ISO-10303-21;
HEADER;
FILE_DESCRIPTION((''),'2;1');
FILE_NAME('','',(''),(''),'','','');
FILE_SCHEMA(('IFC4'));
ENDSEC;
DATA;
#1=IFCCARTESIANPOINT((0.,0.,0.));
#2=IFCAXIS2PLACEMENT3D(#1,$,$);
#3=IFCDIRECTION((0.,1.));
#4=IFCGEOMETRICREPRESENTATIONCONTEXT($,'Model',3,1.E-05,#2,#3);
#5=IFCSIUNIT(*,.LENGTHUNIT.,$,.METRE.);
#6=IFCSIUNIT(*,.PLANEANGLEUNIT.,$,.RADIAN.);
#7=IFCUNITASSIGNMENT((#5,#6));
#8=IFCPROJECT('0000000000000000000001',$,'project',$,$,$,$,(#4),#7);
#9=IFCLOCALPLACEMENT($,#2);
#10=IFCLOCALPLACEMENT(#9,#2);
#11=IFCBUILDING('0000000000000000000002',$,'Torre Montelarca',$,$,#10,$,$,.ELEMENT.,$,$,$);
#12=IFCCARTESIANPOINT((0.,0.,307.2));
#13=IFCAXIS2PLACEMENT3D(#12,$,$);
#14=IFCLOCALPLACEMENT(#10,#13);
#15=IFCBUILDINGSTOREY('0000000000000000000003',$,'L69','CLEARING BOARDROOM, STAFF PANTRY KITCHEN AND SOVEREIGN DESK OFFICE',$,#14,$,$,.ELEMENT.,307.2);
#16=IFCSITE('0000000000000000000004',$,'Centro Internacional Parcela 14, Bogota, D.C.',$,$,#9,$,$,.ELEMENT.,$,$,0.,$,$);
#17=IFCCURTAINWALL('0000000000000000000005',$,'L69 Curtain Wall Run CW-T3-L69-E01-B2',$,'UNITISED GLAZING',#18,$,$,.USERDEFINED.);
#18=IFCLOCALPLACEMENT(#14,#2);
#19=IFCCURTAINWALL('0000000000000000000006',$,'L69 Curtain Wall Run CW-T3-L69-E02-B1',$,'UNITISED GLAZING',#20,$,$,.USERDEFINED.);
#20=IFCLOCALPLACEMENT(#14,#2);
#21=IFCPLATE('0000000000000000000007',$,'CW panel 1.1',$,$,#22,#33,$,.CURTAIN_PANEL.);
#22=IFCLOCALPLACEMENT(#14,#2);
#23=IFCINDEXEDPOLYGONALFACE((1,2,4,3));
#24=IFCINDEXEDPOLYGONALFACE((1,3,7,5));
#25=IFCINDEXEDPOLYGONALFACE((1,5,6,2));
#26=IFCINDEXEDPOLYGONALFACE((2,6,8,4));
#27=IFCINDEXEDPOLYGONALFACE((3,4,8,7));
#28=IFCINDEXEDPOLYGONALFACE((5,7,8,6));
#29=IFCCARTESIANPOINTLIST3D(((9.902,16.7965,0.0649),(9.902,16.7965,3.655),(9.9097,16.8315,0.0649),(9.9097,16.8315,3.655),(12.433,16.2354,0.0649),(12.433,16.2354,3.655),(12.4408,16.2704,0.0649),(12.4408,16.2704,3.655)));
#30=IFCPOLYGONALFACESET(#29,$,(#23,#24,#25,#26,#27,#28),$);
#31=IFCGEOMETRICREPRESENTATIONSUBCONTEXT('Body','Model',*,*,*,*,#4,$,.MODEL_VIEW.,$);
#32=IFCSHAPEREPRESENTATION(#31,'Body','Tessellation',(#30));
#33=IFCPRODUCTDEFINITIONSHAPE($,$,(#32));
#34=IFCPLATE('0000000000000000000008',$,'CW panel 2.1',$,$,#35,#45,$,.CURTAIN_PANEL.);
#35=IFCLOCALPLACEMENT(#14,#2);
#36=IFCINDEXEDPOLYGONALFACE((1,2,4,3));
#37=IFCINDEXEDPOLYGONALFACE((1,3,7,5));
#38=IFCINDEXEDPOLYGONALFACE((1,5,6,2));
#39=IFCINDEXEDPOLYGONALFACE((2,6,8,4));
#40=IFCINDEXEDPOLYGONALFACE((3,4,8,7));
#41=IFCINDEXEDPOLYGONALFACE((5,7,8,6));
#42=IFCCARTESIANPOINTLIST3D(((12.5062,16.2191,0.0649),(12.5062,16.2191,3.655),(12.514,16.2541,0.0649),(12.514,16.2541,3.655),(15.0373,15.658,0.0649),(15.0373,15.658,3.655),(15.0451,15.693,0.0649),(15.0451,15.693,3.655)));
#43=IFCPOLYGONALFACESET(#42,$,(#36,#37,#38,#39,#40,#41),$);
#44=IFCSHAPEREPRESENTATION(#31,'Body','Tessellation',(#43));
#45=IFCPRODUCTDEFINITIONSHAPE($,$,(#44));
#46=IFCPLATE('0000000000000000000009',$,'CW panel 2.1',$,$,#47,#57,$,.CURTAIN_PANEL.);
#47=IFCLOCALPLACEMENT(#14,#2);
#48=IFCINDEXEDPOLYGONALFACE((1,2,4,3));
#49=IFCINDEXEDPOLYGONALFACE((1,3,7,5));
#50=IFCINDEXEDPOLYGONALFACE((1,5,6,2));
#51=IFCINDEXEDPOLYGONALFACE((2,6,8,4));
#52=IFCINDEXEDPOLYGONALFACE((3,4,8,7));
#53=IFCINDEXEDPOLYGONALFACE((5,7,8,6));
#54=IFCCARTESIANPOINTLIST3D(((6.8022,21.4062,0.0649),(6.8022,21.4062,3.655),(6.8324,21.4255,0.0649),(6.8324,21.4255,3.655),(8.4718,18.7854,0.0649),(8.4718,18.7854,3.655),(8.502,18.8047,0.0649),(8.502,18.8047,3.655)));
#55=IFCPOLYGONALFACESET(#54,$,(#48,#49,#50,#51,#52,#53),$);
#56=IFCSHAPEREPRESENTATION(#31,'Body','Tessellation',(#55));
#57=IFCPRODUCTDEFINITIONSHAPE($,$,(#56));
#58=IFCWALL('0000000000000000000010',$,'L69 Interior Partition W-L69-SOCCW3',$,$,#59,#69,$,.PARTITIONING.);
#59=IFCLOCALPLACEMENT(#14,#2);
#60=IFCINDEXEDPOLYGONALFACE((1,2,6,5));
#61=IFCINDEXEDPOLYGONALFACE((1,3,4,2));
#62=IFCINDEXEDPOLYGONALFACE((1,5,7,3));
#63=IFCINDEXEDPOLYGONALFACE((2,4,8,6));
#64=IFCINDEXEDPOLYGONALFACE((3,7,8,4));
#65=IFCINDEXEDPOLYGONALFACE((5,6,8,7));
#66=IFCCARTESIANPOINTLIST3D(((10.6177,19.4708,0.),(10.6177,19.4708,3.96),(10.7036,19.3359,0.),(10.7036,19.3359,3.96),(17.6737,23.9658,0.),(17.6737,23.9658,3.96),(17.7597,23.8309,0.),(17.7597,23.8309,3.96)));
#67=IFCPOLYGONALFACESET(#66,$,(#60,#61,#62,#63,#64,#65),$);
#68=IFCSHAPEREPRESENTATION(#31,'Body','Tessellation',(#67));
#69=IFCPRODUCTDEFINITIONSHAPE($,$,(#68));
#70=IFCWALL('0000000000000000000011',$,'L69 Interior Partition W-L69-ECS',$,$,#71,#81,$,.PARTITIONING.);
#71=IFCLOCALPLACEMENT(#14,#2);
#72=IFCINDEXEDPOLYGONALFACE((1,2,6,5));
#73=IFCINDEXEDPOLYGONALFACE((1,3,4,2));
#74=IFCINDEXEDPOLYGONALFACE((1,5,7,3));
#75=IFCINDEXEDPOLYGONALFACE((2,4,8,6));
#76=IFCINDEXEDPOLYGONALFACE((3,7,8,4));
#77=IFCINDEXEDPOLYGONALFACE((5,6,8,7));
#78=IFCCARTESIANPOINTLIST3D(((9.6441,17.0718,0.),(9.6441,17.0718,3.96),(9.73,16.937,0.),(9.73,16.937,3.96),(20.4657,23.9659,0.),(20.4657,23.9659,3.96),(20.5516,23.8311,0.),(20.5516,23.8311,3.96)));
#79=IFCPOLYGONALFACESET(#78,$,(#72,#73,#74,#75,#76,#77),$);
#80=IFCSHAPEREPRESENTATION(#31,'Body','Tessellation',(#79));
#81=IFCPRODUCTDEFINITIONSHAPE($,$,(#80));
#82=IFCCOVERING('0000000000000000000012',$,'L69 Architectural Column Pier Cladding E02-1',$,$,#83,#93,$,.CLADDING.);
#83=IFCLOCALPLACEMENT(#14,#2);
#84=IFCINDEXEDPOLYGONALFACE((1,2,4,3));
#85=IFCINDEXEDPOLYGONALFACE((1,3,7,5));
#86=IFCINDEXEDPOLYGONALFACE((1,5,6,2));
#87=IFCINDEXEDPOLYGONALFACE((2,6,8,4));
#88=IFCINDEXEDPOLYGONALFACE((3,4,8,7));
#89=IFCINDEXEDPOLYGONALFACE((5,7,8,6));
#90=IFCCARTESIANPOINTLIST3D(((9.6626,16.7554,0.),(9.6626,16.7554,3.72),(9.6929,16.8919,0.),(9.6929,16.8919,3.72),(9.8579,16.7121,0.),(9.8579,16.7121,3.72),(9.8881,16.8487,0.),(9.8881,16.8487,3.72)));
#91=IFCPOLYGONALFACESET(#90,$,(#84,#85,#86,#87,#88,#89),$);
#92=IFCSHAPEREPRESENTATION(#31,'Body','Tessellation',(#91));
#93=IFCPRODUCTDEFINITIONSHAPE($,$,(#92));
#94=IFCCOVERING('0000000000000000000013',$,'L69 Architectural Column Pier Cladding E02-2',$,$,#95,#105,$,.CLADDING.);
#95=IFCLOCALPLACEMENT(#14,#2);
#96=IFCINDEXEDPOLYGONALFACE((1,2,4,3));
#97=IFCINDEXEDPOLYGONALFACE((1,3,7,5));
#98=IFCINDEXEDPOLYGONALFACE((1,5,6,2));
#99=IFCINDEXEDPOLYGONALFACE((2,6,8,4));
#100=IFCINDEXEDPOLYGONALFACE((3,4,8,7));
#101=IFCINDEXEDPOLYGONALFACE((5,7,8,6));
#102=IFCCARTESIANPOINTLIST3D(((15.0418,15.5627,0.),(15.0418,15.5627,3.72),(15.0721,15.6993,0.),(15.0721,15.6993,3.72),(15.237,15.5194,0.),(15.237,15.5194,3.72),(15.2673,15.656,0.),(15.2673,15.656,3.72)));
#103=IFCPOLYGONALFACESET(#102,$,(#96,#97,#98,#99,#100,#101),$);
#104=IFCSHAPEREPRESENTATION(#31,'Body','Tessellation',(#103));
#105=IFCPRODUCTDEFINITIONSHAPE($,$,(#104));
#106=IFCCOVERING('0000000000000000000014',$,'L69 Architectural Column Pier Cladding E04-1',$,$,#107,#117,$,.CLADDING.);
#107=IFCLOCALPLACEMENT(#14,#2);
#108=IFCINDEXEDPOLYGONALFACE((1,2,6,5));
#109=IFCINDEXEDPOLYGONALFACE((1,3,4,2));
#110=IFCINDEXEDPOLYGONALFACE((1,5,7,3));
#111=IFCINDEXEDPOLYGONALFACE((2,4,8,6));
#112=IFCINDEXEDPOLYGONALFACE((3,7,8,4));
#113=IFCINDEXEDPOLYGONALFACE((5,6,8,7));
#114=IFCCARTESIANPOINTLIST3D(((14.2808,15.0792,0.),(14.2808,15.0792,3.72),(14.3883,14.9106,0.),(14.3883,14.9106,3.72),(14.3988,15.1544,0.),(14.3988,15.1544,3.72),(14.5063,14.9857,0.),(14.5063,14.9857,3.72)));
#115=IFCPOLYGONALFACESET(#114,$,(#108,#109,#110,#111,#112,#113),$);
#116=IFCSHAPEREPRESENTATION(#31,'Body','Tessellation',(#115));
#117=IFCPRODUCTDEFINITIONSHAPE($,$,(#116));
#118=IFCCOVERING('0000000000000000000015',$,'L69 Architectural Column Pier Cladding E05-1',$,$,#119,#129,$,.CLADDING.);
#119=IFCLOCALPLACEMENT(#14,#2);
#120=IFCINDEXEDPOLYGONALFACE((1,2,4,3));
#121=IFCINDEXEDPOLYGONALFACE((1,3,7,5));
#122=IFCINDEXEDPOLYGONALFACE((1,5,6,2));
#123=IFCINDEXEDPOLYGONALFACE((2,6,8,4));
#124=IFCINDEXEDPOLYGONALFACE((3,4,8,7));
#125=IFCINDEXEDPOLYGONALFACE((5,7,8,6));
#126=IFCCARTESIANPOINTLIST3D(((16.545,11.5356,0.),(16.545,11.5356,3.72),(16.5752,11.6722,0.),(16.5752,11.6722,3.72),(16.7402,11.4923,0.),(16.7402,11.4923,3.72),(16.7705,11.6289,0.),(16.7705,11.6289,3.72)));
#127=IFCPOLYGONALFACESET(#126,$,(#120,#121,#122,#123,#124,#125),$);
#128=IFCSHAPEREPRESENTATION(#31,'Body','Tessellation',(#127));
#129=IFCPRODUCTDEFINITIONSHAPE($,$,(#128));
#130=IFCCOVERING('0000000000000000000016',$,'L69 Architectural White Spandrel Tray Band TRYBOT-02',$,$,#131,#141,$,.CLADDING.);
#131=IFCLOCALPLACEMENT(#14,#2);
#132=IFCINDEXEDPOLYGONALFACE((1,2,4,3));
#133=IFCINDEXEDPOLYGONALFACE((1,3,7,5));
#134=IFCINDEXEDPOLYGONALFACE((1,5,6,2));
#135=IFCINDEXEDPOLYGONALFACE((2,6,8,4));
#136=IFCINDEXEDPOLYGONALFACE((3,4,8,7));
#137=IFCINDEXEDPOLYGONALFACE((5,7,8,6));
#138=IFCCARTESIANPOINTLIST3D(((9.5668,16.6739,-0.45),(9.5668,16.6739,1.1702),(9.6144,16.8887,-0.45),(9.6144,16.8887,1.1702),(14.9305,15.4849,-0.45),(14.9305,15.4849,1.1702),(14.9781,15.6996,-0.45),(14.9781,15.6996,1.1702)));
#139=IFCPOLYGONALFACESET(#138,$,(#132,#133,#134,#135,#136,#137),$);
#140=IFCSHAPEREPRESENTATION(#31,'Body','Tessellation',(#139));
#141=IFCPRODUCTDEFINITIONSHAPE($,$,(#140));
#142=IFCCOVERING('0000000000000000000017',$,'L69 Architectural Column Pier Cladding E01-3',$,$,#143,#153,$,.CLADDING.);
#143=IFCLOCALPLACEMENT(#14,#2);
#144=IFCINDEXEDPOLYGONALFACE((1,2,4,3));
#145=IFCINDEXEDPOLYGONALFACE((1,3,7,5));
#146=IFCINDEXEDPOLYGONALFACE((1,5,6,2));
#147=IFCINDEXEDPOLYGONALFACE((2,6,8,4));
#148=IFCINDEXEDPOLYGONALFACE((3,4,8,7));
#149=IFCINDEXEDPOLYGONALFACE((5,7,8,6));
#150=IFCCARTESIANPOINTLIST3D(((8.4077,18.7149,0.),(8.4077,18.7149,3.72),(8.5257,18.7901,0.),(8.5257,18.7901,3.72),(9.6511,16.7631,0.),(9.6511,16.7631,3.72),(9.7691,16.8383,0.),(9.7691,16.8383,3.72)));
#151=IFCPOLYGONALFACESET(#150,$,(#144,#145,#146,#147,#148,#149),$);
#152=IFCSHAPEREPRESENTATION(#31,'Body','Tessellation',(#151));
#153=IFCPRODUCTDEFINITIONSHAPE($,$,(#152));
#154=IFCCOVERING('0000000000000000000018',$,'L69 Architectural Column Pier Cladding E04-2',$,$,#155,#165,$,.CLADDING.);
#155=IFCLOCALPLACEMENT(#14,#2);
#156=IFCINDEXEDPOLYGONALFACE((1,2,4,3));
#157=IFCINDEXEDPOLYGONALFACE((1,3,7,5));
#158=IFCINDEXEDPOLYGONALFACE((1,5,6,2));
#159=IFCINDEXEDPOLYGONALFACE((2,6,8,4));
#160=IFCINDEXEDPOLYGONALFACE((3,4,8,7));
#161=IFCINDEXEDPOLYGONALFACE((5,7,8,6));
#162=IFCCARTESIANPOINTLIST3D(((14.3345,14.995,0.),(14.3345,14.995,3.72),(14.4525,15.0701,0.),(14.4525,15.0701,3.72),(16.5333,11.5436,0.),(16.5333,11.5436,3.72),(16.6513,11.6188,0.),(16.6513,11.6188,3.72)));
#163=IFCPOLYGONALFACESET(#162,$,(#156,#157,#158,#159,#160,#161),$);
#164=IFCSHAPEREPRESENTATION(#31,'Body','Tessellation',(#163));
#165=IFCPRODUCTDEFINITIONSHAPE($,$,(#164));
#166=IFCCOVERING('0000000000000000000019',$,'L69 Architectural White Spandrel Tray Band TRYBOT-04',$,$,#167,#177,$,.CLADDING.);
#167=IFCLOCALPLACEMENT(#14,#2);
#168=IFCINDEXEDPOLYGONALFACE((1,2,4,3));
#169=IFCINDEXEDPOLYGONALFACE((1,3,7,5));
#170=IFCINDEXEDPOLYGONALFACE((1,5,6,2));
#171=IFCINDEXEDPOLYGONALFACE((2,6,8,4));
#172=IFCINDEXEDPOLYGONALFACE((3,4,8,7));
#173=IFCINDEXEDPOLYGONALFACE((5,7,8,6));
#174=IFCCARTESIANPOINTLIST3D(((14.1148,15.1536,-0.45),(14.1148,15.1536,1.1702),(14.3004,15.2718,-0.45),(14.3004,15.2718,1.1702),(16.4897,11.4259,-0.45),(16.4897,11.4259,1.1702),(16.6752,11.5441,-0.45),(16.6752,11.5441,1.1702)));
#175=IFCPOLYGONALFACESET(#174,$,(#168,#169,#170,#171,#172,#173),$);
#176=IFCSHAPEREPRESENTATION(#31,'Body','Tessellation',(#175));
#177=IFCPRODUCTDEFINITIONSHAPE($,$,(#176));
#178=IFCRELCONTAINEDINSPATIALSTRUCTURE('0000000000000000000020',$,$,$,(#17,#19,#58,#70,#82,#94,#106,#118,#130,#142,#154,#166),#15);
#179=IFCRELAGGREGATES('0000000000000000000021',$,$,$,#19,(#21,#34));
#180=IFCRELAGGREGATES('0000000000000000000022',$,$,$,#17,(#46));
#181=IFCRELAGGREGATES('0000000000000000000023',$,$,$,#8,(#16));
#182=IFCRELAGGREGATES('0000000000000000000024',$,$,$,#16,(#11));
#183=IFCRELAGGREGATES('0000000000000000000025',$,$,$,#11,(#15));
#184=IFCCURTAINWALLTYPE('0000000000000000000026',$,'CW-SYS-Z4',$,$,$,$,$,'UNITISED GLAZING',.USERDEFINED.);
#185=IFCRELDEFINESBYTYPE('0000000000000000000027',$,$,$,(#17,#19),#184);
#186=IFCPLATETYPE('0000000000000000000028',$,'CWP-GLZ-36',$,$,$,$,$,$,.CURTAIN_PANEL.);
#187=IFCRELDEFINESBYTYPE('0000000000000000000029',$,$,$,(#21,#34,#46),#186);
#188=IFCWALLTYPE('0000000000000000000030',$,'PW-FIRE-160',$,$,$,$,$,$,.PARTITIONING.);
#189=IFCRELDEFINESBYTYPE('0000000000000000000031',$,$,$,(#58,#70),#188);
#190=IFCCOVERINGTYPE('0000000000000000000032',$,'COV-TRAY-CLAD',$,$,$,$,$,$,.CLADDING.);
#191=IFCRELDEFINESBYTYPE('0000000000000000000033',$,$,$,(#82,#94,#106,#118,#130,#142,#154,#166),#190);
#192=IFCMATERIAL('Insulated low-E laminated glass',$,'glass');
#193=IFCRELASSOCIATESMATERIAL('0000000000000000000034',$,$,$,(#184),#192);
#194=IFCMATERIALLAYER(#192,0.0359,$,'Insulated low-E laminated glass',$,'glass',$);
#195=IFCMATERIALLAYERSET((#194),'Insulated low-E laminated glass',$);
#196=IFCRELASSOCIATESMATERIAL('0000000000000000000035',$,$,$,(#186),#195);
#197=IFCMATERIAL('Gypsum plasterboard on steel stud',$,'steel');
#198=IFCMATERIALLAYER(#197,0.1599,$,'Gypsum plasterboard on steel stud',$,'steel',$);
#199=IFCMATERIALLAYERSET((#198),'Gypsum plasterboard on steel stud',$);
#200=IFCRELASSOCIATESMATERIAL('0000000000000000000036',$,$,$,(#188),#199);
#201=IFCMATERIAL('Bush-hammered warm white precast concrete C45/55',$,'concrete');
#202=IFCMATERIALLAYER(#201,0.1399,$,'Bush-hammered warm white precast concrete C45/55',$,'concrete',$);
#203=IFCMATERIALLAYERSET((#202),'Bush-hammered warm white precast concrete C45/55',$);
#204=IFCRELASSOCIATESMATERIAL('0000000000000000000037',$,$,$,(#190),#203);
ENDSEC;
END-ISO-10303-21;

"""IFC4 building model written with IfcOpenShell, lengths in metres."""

from ifc_helpers import new_model, si_unit, direction, frame, frame_2d, origin, origin_2d, place, context, subcontext, project, spatial, rectangle, extrude, source, transform, mapped, material, layer, layer_set, type_object, element, aggregate, save


model = new_model("IFC4")

# Units and contexts
model_context = context("Model", 3, precision=1e-05, world=origin(), true_north=direction((0.0, 1.0)))
body_context = subcontext(model_context, "Body", "Model", "MODEL_VIEW")
ifc_project = project(units=[si_unit("LENGTHUNIT", "METRE"), si_unit("PLANEANGLEUNIT", "RADIAN")], contexts=[model_context])

# Site, building, storey
site_placement = place(None, origin())
site = spatial("IfcSite", under=ifc_project, at=site_placement, Name="Centro Internacional Parcela 14, Bogota, D.C.", CompositionType="ELEMENT", RefElevation=0.0)
building_placement = place(site_placement, origin())
building = spatial("IfcBuilding", under=site, at=building_placement, Name="Torre Montelarca", CompositionType="ELEMENT")
storey_placement = place(building_placement, frame((0.0, 0.0, 307.2)))
storey = spatial("IfcBuildingStorey", under=building, at=storey_placement, Name="L69", Description="CLEARING BOARDROOM, STAFF PANTRY KITCHEN AND SOVEREIGN DESK OFFICE", CompositionType="ELEMENT", Elevation=307.2)

# Curtain wall
ifc_material_1 = material(Name="Insulated low-E laminated glass", Category="glass")
curtain_wall_type = type_object("IfcCurtainWallType", Name="CW-SYS-Z4", ElementType="UNITISED GLAZING", PredefinedType="USERDEFINED", material=ifc_material_1)
curtain_wall_1_placement = place(storey_placement, origin())
curtain_wall_1 = element("IfcCurtainWall", 1, at=curtain_wall_1_placement, inside=storey, type_object=curtain_wall_type, Name="L69 Curtain Wall Run CW-T3-L69-E01-B2", ObjectType="UNITISED GLAZING", PredefinedType="USERDEFINED")

# Curtain wall
curtain_wall_2_placement = place(storey_placement, origin())
curtain_wall_2 = element("IfcCurtainWall", 2, at=curtain_wall_2_placement, inside=storey, type_object=curtain_wall_type, Name="L69 Curtain Wall Run CW-T3-L69-E02-B1", ObjectType="UNITISED GLAZING", PredefinedType="USERDEFINED")

# Plates
ifc_layer_1 = layer(ifc_material_1, 0.0359, Name="Insulated low-E laminated glass", Category="glass")
ifc_layer_set_1 = layer_set([ifc_layer_1], Name="Insulated low-E laminated glass")
plate_type = type_object("IfcPlateType", Name="CWP-GLZ-36", PredefinedType="CURTAIN_PANEL", material=ifc_layer_set_1)
shared_shape_1 = source(origin(), body_context, "Body", "SweptSolid", [
    extrude(rectangle(XDim=2.5925, YDim=0.0359, at=origin_2d()), origin(), (0.0, 0.0, 1.0), 3.5901),
])
plate_1_placement = place(storey_placement, frame((11.1714, 16.5334, 0.0649), z_axis=(0.0, 0.0, 1.0), x_axis=(0.976294, -0.216449, 0.0)))
plate_1 = element("IfcPlate", 3, at=plate_1_placement, type_object=plate_type, Name="CW panel 1.1", PredefinedType="CURTAIN_PANEL", context=body_context, shape_type="MappedRepresentation", body=[
    mapped(shared_shape_1, transform((0.0, 0.0, 0.0), scale=1.0)),
])
plate_2_placement = place(storey_placement, frame((13.7756, 15.9561, 0.0649), z_axis=(0.0, 0.0, 1.0), x_axis=(0.976294, -0.216449, 0.0)))
plate_2 = element("IfcPlate", 4, at=plate_2_placement, type_object=plate_type, Name="CW panel 2.1", PredefinedType="CURTAIN_PANEL", context=body_context, shape_type="MappedRepresentation", body=[
    mapped(shared_shape_1, transform((0.0, 0.0, 0.0), scale=1.0)),
])
aggregate(curtain_wall_2, [plate_1, plate_2])
shared_shape_2 = source(origin(), body_context, "Body", "SweptSolid", [
    extrude(rectangle(XDim=3.1074, YDim=0.0359, at=origin_2d()), origin(), (0.0, 0.0, 1.0), 3.5901),
])
plate_3_placement = place(storey_placement, frame((7.6521, 20.1055, 0.0649), z_axis=(0.0, 0.0, 1.0), x_axis=(0.537301, -0.84339, 0.0)))
plate_3 = element("IfcPlate", 5, at=plate_3_placement, type_object=plate_type, Name="CW panel 2.1", PredefinedType="CURTAIN_PANEL", context=body_context, shape_type="MappedRepresentation", body=[
    mapped(shared_shape_2, transform((0.0, 0.0, 0.0), scale=1.0)),
])
aggregate(curtain_wall_1, [plate_3])

# Walls
ifc_material_2 = material(Name="Gypsum plasterboard on steel stud", Category="steel")
ifc_layer_2 = layer(ifc_material_2, 0.1599, Name="Gypsum plasterboard on steel stud", Category="steel")
ifc_layer_set_2 = layer_set([ifc_layer_2], Name="Gypsum plasterboard on steel stud")
wall_type = type_object("IfcWallType", Name="PW-FIRE-160", PredefinedType="PARTITIONING", material=ifc_layer_set_2)
wall_1_placement = place(storey_placement, frame((10.6606, 19.4033, 0.0), z_axis=(0.0, 0.0, 1.0), x_axis=(0.843399, 0.537287, 0.0)))
element("IfcWall", 6, at=wall_1_placement, inside=storey, type_object=wall_type, Name="L69 Interior Partition W-L69-SOCCW3", PredefinedType="PARTITIONING", context=body_context, shape_type="SweptSolid", body=[
    extrude(rectangle(XDim=8.3662, YDim=0.1599, at=frame_2d((4.1831, 0.0))), origin(), (0.0, 0.0, 1.0), 3.96),
])
wall_2_placement = place(storey_placement, frame((9.687, 17.0044, 0.0), z_axis=(0.0, 0.0, 1.0), x_axis=(0.843393, 0.537298, 0.0)))
element("IfcWall", 7, at=wall_2_placement, inside=storey, type_object=wall_type, Name="L69 Interior Partition W-L69-ECS", PredefinedType="PARTITIONING", context=body_context, shape_type="SweptSolid", body=[
    extrude(rectangle(XDim=12.8311, YDim=0.1599, at=frame_2d((6.4155, 0.0))), origin(), (0.0, 0.0, 1.0), 3.96),
])

# Coverings
ifc_material_3 = material(Name="Bush-hammered warm white precast concrete C45/55", Category="concrete")
ifc_layer_3 = layer(ifc_material_3, 0.1399, Name="Bush-hammered warm white precast concrete C45/55", Category="concrete")
ifc_layer_set_3 = layer_set([ifc_layer_3], Name="Bush-hammered warm white precast concrete C45/55")
covering_type = type_object("IfcCoveringType", Name="COV-TRAY-CLAD", PredefinedType="CLADDING", material=ifc_layer_set_3)
shared_shape_3 = source(origin(), body_context, "Body", "SweptSolid", [
    extrude(rectangle(XDim=0.2, YDim=0.1399, at=origin_2d()), origin(), (0.0, 0.0, 1.0), 3.72),
])
for number, where, z_axis, x_axis, name in (
    (8, (9.7754, 16.802, 0.0), (0.0, 0.0, 1.0), (0.976297, -0.216436, 0.0), "L69 Architectural Column Pier Cladding E02-1"),
    (9, (15.1545, 15.6094, 0.0), (0.0, 0.0, 1.0), (0.976297, -0.216436, 0.0), "L69 Architectural Column Pier Cladding E02-2"),
    (10, (14.3936, 15.0325, 0.0), (0.0, 0.0, 1.0), (0.537313, -0.843383, 0.0), "L69 Architectural Column Pier Cladding E04-1"),
    (11, (16.6577, 11.5823, 0.0), (0.0, 0.0, 1.0), (0.976299, -0.216426, 0.0), "L69 Architectural Column Pier Cladding E05-1"),
):
    element("IfcCovering", number, at=place(storey_placement, frame(where, z_axis=z_axis, x_axis=x_axis)), inside=storey, type_object=covering_type, Name=name, PredefinedType="CLADDING", context=body_context, shape_type="MappedRepresentation", body=[
        mapped(shared_shape_3, transform((0.0, 0.0, 0.0), scale=1.0)),
    ])
shared_shape_4 = source(origin(), body_context, "Body", "SweptSolid", [
    extrude(rectangle(XDim=5.4939, YDim=0.22, at=origin_2d()), origin(), (0.0, 0.0, 1.0), 1.6201),
])
covering_1_placement = place(storey_placement, frame((12.2725, 16.1868, -0.45), z_axis=(0.0, 0.0, 1.0), x_axis=(0.976298, -0.216433, 0.0)))
element("IfcCovering", 12, at=covering_1_placement, inside=storey, type_object=covering_type, Name="L69 Architectural White Spandrel Tray Band TRYBOT-02", PredefinedType="CLADDING", context=body_context, shape_type="MappedRepresentation", body=[
    mapped(shared_shape_4, transform((0.0, 0.0, 0.0), scale=1.0)),
])
shared_shape_5 = source(origin(), body_context, "Body", "SweptSolid", [
    extrude(rectangle(XDim=2.3142, YDim=0.1399, at=origin_2d()), origin(), (0.0, 0.0, 1.0), 3.72),
])
covering_2_placement = place(storey_placement, frame((9.0884, 17.7766, 0.0), z_axis=(0.0, 0.0, 1.0), x_axis=(0.537301, -0.843391, 0.0)))
element("IfcCovering", 13, at=covering_2_placement, inside=storey, type_object=covering_type, Name="L69 Architectural Column Pier Cladding E01-3", PredefinedType="CLADDING", context=body_context, shape_type="MappedRepresentation", body=[
    mapped(shared_shape_5, transform((0.0, 0.0, 0.0), scale=1.0)),
])
shared_shape_6 = source(origin(), body_context, "Body", "SweptSolid", [
    extrude(rectangle(XDim=4.0923, YDim=0.1399, at=origin_2d()), origin(), (0.0, 0.0, 1.0), 3.72),
])
covering_3_placement = place(storey_placement, frame((15.4929, 13.3069, 0.0), z_axis=(0.0, 0.0, 1.0), x_axis=(0.537313, -0.843383, 0.0)))
element("IfcCovering", 14, at=covering_3_placement, inside=storey, type_object=covering_type, Name="L69 Architectural Column Pier Cladding E04-2", PredefinedType="CLADDING", context=body_context, shape_type="MappedRepresentation", body=[
    mapped(shared_shape_6, transform((0.0, 0.0, 0.0), scale=1.0)),
])
shared_shape_7 = source(origin(), body_context, "Body", "SweptSolid", [
    extrude(rectangle(XDim=4.4199, YDim=0.22, at=origin_2d()), origin(), (0.0, 0.0, 1.0), 1.6201),
])
covering_4_placement = place(storey_placement, frame((15.395, 13.3489, -0.45), z_axis=(0.0, 0.0, 1.0), x_axis=(0.5373, -0.843391, 0.0)))
element("IfcCovering", 15, at=covering_4_placement, inside=storey, type_object=covering_type, Name="L69 Architectural White Spandrel Tray Band TRYBOT-04", PredefinedType="CLADDING", context=body_context, shape_type="MappedRepresentation", body=[
    mapped(shared_shape_7, transform((0.0, 0.0, 0.0), scale=1.0)),
])

save(model, "model.ifc")
